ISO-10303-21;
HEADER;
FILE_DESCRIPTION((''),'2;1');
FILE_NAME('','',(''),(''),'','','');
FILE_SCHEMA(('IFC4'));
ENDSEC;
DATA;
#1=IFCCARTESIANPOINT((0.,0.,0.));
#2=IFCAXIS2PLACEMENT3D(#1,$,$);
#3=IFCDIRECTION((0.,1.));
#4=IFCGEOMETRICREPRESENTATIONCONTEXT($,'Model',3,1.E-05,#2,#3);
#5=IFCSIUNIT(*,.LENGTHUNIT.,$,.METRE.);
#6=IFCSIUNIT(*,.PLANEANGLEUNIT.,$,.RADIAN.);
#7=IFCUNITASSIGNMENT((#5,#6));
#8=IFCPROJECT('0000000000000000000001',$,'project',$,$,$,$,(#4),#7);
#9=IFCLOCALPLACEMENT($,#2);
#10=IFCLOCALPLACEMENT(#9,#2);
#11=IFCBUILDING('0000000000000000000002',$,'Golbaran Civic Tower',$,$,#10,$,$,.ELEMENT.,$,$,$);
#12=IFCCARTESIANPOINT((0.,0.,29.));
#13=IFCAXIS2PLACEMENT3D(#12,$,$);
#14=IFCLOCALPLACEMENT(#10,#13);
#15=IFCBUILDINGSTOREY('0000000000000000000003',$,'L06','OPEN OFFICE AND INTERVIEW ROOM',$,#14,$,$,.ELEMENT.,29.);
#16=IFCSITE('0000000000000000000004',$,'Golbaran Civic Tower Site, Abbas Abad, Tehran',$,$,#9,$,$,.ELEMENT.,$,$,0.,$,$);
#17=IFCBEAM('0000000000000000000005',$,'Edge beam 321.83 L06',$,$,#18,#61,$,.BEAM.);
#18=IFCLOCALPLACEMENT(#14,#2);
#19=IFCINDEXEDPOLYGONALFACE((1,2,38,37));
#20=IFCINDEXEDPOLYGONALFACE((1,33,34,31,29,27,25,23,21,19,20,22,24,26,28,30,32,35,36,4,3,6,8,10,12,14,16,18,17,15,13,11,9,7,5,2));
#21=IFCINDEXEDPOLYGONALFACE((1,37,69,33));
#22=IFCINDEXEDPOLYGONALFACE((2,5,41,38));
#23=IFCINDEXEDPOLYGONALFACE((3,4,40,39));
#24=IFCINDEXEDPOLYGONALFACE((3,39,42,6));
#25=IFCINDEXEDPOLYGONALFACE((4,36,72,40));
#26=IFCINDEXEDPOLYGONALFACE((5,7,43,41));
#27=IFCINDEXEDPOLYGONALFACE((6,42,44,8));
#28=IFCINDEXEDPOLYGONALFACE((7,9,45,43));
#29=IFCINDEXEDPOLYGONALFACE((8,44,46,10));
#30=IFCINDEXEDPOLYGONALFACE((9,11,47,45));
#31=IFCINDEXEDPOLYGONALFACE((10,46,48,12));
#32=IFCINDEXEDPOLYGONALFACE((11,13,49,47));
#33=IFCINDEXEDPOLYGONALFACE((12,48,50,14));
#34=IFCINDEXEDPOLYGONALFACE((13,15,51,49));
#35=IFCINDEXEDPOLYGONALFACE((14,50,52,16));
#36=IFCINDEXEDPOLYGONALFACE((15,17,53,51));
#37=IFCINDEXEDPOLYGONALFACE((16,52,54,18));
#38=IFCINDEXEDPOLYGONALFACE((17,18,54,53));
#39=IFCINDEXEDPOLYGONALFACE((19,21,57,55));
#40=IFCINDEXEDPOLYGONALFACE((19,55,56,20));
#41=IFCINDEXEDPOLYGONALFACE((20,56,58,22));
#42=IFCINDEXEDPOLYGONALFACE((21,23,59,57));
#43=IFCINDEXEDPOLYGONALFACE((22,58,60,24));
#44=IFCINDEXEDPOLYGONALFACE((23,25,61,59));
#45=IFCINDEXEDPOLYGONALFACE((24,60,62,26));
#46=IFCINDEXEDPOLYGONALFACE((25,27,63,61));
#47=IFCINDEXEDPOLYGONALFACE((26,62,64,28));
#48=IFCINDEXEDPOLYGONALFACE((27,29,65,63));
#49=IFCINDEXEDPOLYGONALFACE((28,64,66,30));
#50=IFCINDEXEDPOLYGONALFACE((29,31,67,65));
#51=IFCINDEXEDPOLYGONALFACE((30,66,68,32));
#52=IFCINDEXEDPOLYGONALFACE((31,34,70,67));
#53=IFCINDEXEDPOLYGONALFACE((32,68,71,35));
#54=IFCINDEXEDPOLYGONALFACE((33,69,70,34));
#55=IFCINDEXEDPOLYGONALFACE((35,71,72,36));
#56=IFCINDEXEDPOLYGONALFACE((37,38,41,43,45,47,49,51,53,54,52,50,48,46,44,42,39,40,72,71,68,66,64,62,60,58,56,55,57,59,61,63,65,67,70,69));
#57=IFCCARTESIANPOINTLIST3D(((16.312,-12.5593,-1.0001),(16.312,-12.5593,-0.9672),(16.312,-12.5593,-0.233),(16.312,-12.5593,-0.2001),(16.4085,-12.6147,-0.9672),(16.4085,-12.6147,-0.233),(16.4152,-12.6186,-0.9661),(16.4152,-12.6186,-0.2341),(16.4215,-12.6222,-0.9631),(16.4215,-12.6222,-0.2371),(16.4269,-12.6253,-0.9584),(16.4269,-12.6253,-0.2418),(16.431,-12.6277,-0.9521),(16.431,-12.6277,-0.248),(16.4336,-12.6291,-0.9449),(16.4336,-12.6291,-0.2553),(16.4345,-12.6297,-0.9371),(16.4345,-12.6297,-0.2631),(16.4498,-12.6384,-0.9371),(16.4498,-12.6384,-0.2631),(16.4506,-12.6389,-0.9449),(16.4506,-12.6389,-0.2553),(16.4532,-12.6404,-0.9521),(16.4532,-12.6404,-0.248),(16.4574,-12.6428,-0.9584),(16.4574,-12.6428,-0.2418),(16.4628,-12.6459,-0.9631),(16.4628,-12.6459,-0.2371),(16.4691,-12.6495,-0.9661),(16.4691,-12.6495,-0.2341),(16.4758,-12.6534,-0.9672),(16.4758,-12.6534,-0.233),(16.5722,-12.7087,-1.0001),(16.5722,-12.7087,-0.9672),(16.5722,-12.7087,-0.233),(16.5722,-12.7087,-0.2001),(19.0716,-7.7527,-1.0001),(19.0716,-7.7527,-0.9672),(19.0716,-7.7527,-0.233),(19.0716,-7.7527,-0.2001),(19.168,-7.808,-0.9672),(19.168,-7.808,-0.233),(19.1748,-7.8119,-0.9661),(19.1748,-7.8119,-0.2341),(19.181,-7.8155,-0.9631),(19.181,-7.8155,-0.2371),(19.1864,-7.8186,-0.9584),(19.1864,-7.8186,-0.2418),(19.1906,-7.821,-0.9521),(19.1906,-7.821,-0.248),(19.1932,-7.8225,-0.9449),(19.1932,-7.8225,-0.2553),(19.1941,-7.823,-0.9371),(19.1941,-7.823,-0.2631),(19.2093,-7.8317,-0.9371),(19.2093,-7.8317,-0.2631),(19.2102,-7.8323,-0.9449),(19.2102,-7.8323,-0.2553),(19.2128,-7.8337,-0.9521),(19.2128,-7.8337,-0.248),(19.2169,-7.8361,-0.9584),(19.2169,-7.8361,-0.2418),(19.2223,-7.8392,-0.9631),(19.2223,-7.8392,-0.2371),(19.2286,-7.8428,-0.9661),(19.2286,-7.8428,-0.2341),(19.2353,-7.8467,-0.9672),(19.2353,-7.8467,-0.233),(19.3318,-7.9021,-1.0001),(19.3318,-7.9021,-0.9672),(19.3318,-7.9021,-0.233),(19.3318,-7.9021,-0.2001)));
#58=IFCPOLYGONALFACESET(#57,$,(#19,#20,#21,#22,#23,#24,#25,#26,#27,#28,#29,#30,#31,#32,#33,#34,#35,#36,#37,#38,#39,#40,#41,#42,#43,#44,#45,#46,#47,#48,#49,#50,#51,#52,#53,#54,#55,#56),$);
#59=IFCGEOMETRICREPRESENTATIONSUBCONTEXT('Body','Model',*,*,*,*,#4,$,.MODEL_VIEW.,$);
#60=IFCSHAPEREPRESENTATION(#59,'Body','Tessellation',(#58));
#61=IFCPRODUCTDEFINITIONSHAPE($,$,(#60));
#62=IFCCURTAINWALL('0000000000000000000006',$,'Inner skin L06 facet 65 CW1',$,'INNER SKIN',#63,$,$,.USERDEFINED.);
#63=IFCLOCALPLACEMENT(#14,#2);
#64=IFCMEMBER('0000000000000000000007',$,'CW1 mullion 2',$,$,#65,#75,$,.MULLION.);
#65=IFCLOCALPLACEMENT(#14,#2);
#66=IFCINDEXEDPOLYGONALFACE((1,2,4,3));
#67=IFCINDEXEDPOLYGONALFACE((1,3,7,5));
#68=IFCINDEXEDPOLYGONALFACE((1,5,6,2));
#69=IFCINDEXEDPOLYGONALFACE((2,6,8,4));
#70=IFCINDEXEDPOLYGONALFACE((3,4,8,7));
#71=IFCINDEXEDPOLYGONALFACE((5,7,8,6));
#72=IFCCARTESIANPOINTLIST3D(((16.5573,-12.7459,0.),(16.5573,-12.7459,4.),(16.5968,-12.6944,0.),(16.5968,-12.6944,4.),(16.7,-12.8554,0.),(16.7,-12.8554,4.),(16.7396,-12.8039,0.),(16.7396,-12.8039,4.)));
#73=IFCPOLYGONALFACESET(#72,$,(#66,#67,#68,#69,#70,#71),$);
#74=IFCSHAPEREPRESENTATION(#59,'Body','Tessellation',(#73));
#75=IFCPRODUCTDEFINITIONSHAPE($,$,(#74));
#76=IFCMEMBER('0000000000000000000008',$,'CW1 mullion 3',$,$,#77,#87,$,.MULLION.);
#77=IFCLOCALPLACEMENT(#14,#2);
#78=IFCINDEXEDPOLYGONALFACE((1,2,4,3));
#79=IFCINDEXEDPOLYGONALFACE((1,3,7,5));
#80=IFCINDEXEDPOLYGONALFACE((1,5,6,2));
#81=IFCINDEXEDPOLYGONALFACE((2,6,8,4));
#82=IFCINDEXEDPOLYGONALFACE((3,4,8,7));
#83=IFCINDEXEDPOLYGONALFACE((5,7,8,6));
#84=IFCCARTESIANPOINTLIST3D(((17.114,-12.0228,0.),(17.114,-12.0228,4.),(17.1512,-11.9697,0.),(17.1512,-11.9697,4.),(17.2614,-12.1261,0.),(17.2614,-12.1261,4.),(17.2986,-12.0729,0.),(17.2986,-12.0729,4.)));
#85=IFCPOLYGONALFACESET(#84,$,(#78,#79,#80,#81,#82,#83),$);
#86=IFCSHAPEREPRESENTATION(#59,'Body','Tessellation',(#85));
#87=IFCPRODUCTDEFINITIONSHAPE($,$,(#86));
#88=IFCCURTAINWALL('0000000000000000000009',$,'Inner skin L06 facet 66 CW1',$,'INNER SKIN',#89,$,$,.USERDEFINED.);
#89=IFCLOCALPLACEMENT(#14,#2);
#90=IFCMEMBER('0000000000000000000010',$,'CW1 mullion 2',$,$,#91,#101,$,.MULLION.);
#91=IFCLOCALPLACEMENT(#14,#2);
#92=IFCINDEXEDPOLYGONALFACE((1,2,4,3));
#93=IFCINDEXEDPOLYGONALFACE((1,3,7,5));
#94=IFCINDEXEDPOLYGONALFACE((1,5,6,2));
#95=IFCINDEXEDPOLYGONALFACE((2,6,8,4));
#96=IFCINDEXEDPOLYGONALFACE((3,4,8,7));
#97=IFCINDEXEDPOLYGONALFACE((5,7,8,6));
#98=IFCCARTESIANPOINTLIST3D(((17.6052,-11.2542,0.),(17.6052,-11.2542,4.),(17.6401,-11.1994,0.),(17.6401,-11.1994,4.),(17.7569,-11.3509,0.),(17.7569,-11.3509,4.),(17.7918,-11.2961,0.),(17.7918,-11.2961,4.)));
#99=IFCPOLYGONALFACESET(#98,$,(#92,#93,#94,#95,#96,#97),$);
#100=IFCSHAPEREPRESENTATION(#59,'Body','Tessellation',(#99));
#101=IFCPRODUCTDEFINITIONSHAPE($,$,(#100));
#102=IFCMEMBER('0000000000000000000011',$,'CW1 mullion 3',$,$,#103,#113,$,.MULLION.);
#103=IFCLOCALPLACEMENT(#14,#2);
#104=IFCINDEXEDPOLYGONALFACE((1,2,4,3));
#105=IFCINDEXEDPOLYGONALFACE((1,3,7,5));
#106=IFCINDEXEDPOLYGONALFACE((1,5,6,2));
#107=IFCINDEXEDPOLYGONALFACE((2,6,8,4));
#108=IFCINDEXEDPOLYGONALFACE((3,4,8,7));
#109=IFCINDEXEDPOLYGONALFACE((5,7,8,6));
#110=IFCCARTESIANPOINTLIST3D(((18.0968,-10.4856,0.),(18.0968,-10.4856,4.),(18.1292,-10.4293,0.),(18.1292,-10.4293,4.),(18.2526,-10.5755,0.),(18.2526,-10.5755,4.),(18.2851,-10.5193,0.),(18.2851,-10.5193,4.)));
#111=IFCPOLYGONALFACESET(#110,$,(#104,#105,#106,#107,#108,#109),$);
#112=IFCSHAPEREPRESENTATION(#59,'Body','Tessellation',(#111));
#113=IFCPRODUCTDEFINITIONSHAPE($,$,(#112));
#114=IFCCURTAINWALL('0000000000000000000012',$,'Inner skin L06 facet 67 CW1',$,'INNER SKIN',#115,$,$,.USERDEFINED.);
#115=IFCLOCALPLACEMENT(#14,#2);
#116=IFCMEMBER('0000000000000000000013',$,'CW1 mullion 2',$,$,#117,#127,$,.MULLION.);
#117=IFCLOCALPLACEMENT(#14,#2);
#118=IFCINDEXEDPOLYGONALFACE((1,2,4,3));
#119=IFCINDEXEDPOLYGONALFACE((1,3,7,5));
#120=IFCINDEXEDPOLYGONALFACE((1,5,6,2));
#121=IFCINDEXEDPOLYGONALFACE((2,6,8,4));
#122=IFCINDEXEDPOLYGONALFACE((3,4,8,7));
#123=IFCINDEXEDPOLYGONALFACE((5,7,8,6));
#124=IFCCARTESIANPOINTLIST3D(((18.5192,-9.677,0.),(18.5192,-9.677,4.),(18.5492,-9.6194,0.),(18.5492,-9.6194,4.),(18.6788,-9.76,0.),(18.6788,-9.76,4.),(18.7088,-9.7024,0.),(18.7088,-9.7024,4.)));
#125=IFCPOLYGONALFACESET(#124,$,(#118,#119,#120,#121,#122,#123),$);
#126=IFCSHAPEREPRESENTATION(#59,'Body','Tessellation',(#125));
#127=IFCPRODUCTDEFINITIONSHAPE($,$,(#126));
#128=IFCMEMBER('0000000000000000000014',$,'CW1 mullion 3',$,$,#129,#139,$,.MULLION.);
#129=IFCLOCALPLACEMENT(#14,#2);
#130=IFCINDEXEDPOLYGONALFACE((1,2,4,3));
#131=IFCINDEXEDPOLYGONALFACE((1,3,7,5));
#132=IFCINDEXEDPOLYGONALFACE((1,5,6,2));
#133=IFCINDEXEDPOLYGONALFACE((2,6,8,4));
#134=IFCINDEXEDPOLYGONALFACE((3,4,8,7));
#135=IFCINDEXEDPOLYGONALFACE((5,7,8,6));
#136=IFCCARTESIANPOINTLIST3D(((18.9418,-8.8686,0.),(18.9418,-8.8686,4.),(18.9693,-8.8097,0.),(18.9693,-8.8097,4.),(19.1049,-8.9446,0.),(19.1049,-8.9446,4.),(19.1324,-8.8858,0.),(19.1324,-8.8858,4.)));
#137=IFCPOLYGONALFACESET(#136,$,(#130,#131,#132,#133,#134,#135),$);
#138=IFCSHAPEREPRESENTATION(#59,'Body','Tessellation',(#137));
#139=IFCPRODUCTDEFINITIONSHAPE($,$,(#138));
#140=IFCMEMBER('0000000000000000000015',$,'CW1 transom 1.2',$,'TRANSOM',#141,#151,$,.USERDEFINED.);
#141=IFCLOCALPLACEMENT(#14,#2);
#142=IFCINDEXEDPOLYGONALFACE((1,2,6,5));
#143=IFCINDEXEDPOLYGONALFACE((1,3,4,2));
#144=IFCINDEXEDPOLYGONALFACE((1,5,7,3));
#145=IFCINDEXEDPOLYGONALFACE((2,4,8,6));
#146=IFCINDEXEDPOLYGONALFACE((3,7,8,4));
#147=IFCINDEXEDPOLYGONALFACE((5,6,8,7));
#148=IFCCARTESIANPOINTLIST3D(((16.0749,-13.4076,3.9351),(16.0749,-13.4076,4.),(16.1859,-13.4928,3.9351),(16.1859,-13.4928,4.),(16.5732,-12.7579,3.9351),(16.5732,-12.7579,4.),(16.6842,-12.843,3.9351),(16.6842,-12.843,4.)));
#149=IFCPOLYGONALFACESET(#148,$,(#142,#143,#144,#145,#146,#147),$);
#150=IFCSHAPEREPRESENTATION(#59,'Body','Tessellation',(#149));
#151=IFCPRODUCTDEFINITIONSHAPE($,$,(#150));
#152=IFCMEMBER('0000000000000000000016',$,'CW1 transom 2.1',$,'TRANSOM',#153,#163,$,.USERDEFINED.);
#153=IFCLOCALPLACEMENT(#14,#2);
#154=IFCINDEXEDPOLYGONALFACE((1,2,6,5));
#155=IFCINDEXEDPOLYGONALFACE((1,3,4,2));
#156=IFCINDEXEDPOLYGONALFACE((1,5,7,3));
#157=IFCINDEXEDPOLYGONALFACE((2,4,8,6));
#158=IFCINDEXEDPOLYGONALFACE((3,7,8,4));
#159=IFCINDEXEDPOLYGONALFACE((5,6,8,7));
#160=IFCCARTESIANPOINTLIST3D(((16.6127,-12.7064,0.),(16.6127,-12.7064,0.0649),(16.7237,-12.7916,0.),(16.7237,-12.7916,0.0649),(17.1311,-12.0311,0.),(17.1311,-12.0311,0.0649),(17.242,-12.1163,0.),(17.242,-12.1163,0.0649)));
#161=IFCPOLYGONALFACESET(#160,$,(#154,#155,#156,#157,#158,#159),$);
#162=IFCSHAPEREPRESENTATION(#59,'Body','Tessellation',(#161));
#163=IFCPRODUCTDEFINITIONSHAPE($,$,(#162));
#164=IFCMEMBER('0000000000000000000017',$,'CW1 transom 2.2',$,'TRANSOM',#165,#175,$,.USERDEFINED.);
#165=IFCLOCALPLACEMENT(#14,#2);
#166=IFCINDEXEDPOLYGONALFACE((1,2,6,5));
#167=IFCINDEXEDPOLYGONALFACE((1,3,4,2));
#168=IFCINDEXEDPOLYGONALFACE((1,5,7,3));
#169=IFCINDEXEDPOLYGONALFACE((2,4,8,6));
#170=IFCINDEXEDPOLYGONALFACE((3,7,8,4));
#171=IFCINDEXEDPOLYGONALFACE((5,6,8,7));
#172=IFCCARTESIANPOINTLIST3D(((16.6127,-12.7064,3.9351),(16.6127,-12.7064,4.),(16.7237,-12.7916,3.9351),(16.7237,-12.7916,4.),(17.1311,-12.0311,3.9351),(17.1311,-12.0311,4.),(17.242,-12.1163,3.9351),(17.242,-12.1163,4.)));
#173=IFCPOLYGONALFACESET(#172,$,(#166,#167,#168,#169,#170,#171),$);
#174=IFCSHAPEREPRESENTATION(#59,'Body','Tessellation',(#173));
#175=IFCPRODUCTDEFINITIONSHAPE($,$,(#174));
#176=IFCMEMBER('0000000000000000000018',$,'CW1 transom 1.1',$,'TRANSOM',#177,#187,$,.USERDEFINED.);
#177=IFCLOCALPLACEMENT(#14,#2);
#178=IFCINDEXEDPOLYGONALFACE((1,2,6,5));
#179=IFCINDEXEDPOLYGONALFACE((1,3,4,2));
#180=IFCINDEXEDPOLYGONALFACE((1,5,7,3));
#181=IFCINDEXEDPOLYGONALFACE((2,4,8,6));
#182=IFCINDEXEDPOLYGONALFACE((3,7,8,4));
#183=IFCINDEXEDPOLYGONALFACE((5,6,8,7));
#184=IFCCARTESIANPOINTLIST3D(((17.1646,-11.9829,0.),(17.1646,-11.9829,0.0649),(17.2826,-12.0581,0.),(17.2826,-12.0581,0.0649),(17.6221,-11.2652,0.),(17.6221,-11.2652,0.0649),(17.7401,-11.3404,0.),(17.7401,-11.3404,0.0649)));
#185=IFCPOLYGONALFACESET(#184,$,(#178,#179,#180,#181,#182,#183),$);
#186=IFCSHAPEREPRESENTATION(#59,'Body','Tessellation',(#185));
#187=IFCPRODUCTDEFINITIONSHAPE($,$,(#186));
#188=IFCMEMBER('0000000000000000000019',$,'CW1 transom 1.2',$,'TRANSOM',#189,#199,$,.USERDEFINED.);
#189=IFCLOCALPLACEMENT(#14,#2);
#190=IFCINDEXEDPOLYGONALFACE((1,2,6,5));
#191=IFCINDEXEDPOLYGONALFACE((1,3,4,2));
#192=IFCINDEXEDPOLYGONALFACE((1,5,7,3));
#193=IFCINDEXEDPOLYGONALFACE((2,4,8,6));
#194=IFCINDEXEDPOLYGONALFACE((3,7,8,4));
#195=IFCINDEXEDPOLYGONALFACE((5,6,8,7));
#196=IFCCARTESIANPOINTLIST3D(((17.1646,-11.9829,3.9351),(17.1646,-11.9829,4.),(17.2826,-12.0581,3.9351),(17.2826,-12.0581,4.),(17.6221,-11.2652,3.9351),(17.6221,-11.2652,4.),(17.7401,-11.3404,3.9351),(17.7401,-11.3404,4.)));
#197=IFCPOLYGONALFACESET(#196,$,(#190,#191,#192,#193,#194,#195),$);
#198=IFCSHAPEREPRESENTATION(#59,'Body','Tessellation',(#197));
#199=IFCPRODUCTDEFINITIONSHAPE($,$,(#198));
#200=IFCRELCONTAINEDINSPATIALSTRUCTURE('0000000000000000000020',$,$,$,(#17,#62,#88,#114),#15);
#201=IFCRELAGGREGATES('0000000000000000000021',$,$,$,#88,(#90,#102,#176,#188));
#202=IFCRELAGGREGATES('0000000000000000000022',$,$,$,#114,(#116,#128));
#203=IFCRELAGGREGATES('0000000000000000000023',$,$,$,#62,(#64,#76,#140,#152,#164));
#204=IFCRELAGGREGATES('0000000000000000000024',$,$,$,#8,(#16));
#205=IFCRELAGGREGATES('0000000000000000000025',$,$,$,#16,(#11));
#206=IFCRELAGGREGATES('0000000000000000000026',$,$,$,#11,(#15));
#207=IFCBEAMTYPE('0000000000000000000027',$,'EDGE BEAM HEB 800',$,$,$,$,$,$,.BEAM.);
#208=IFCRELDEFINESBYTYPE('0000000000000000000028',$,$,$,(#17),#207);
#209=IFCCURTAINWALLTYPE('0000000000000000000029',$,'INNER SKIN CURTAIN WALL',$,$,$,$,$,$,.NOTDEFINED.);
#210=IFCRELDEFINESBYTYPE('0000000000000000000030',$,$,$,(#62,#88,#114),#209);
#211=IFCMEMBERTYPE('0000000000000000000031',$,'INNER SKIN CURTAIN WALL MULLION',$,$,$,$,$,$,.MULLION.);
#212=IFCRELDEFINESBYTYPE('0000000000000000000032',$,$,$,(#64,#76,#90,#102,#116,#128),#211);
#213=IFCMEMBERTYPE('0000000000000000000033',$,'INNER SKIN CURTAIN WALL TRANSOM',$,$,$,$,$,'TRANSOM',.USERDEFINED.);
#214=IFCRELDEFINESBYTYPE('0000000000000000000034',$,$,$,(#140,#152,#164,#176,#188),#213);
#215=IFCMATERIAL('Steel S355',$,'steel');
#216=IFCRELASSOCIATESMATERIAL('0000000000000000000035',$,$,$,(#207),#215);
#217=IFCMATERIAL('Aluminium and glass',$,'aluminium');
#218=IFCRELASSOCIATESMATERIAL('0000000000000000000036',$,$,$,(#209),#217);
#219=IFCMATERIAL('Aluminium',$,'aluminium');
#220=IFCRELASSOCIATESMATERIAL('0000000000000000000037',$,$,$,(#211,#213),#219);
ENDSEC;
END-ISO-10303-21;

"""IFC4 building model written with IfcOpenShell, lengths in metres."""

from ifc_helpers import new_model, si_unit, direction, frame, origin, origin_2d, place, context, subcontext, project, spatial, rectangle, i_section, extrude, material, material_profile, profile_set, type_object, element, aggregate, save


model = new_model("IFC4")

# Units and contexts
model_context = context("Model", 3, precision=1e-05, world=origin(), true_north=direction((0.0, 1.0)))
body_context = subcontext(model_context, "Body", "Model", "MODEL_VIEW")
ifc_project = project(units=[si_unit("LENGTHUNIT", "METRE"), si_unit("PLANEANGLEUNIT", "RADIAN")], contexts=[model_context])

# Site, building, storey
site_placement = place(None, origin())
site = spatial("IfcSite", under=ifc_project, at=site_placement, Name="Golbaran Civic Tower Site, Abbas Abad, Tehran", CompositionType="ELEMENT", RefElevation=0.0)
building_placement = place(site_placement, origin())
building = spatial("IfcBuilding", under=site, at=building_placement, Name="Golbaran Civic Tower", CompositionType="ELEMENT")
storey_placement = place(building_placement, frame((0.0, 0.0, 29.0)))
storey = spatial("IfcBuildingStorey", under=building, at=storey_placement, Name="L06", Description="OPEN OFFICE AND INTERVIEW ROOM", CompositionType="ELEMENT", Elevation=29.0)

# Beam
ifc_material_1 = material(Name="Steel S355", Category="steel")
ifc_material_profile_1 = material_profile(ifc_material_1, i_section(OverallWidth=0.3, OverallDepth=0.8, WebThickness=0.0176, FlangeThickness=0.033, FilletRadius=0.03, at=origin_2d()), Name="HEB 800")
ifc_profile_set_1 = profile_set([ifc_material_profile_1], Name="Steel S355")
beam_type = type_object("IfcBeamType", Name="EDGE BEAM HEB 800", PredefinedType="BEAM", material=ifc_profile_set_1)
beam_placement = place(storey_placement, frame((16.4421, -12.634, -0.6001), z_axis=(0.497888, 0.867241, 0.0), x_axis=(-0.867241, 0.497888, 0.0)))
element("IfcBeam", 1, at=beam_placement, inside=storey, type_object=beam_type, Name="Edge beam 321.83 L06", PredefinedType="BEAM", context=body_context, shape_type="SweptSolid", body=[
    extrude(i_section(OverallWidth=0.3, OverallDepth=0.8, WebThickness=0.0176, FlangeThickness=0.033, FilletRadius=0.03, at=origin_2d()), origin(), (0.0, 0.0, 1.0), 5.5425),
])

# Curtain walls, members
ifc_material_2 = material(Name="Aluminium and glass", Category="aluminium")
curtain_wall_type = type_object("IfcCurtainWallType", Name="INNER SKIN CURTAIN WALL", PredefinedType="NOTDEFINED", material=ifc_material_2)
curtain_wall_1_placement = place(storey_placement, origin())
curtain_wall_1 = element("IfcCurtainWall", 2, at=curtain_wall_1_placement, inside=storey, type_object=curtain_wall_type, Name="Inner skin L06 facet 65 CW1", ObjectType="INNER SKIN", PredefinedType="USERDEFINED")
ifc_material_3 = material(Name="Aluminium", Category="aluminium")
ifc_material_profile_2 = material_profile(ifc_material_3, rectangle(XDim=0.1799, YDim=0.0649, at=origin_2d()), Name="INNER SKIN CURTAIN WALL MULLION")
ifc_profile_set_2 = profile_set([ifc_material_profile_2], Name="Aluminium")
member_type_1 = type_object("IfcMemberType", Name="INNER SKIN CURTAIN WALL MULLION", PredefinedType="MULLION", material=ifc_profile_set_2)
member_1_placement = place(storey_placement, frame((16.6484, -12.7749, 0.0), z_axis=(0.0, 0.0, 1.0), x_axis=(-0.793353, 0.608761, 0.0)))
member_1 = element("IfcMember", 3, at=member_1_placement, type_object=member_type_1, Name="CW1 mullion 2", PredefinedType="MULLION", context=body_context, shape_type="SweptSolid", body=[
    extrude(rectangle(XDim=0.1799, YDim=0.0649, at=origin_2d()), origin(), (0.0, 0.0, 1.0), 4.0),
])
member_2_placement = place(storey_placement, frame((17.2063, -12.0479, 0.0), z_axis=(0.0, 0.0, 1.0), x_axis=(-0.819152, 0.573576, 0.0)))
member_2 = element("IfcMember", 4, at=member_2_placement, type_object=member_type_1, Name="CW1 mullion 3", PredefinedType="MULLION", context=body_context, shape_type="SweptSolid", body=[
    extrude(rectangle(XDim=0.1799, YDim=0.0649, at=origin_2d()), origin(), (0.0, 0.0, 1.0), 4.0),
])
curtain_wall_2_placement = place(storey_placement, origin())
curtain_wall_2 = element("IfcCurtainWall", 5, at=curtain_wall_2_placement, inside=storey, type_object=curtain_wall_type, Name="Inner skin L06 facet 66 CW1", ObjectType="INNER SKIN", PredefinedType="USERDEFINED")
member_3_placement = place(storey_placement, frame((17.6985, -11.2751, 0.0), z_axis=(0.0, 0.0, 1.0), x_axis=(-0.843391, 0.5373, 0.0)))
member_3 = element("IfcMember", 6, at=member_3_placement, type_object=member_type_1, Name="CW1 mullion 2", PredefinedType="MULLION", context=body_context, shape_type="SweptSolid", body=[
    extrude(rectangle(XDim=0.1799, YDim=0.0649, at=origin_2d()), origin(), (0.0, 0.0, 1.0), 4.0),
])
member_4_placement = place(storey_placement, frame((18.1909, -10.5024, 0.0), z_axis=(0.0, 0.0, 1.0), x_axis=(-0.866025, 0.5, 0.0)))
member_4 = element("IfcMember", 7, at=member_4_placement, type_object=member_type_1, Name="CW1 mullion 3", PredefinedType="MULLION", context=body_context, shape_type="SweptSolid", body=[
    extrude(rectangle(XDim=0.1799, YDim=0.0649, at=origin_2d()), origin(), (0.0, 0.0, 1.0), 4.0),
])
curtain_wall_3_placement = place(storey_placement, origin())
curtain_wall_3 = element("IfcCurtainWall", 8, at=curtain_wall_3_placement, inside=storey, type_object=curtain_wall_type, Name="Inner skin L06 facet 67 CW1", ObjectType="INNER SKIN", PredefinedType="USERDEFINED")
member_5_placement = place(storey_placement, frame((18.614, -9.6897, 0.0), z_axis=(0.0, 0.0, 1.0), x_axis=(-0.887011, 0.461749, 0.0)))
member_5 = element("IfcMember", 9, at=member_5_placement, type_object=member_type_1, Name="CW1 mullion 2", PredefinedType="MULLION", context=body_context, shape_type="SweptSolid", body=[
    extrude(rectangle(XDim=0.1799, YDim=0.0649, at=origin_2d()), origin(), (0.0, 0.0, 1.0), 4.0),
])
member_6_placement = place(storey_placement, frame((19.0371, -8.8772, 0.0), z_axis=(0.0, 0.0, 1.0), x_axis=(-0.906308, 0.422618, 0.0)))
member_6 = element("IfcMember", 10, at=member_6_placement, type_object=member_type_1, Name="CW1 mullion 3", PredefinedType="MULLION", context=body_context, shape_type="SweptSolid", body=[
    extrude(rectangle(XDim=0.1799, YDim=0.0649, at=origin_2d()), origin(), (0.0, 0.0, 1.0), 4.0),
])

# Members
ifc_material_profile_3 = material_profile(ifc_material_3, rectangle(XDim=0.1399, YDim=0.0649, at=origin_2d()), Name="INNER SKIN CURTAIN WALL TRANSOM")
ifc_profile_set_3 = profile_set([ifc_material_profile_3], Name="Aluminium")
member_type_2 = type_object("IfcMemberType", Name="INNER SKIN CURTAIN WALL TRANSOM", ElementType="TRANSOM", PredefinedType="USERDEFINED", material=ifc_profile_set_3)
member_7_placement = place(storey_placement, frame((16.1304, -13.4502, 3.9675), z_axis=(0.608601, 0.793477, 0.0), x_axis=(-0.793477, 0.608601, 0.0)))
member_7 = element("IfcMember", 11, at=member_7_placement, type_object=member_type_2, Name="CW1 transom 1.2", ObjectType="TRANSOM", PredefinedType="USERDEFINED", context=body_context, shape_type="SweptSolid", body=[
    extrude(rectangle(XDim=0.1399, YDim=0.0649, at=origin_2d()), origin(), (0.0, 0.0, 1.0), 0.8188),
])
member_8_placement = place(storey_placement, frame((16.6682, -12.749, 0.0325), z_axis=(0.608865, 0.793274, 0.0), x_axis=(-0.793274, 0.608865, 0.0)))
member_8 = element("IfcMember", 12, at=member_8_placement, type_object=member_type_2, Name="CW1 transom 2.1", ObjectType="TRANSOM", PredefinedType="USERDEFINED", context=body_context, shape_type="SweptSolid", body=[
    extrude(rectangle(XDim=0.1399, YDim=0.0649, at=origin_2d()), origin(), (0.0, 0.0, 1.0), 0.8513),
])
member_9_placement = place(storey_placement, frame((16.6682, -12.749, 3.9675), z_axis=(0.608865, 0.793274, 0.0), x_axis=(-0.793274, 0.608865, 0.0)))
member_9 = element("IfcMember", 13, at=member_9_placement, type_object=member_type_2, Name="CW1 transom 2.2", ObjectType="TRANSOM", PredefinedType="USERDEFINED", context=body_context, shape_type="SweptSolid", body=[
    extrude(rectangle(XDim=0.1399, YDim=0.0649, at=origin_2d()), origin(), (0.0, 0.0, 1.0), 0.8513),
])
member_10_placement = place(storey_placement, frame((17.2236, -12.0205, 0.0325), z_axis=(0.537506, 0.84326, 0.0), x_axis=(-0.84326, 0.537506, 0.0)))
member_10 = element("IfcMember", 14, at=member_10_placement, type_object=member_type_2, Name="CW1 transom 1.1", ObjectType="TRANSOM", PredefinedType="USERDEFINED", context=body_context, shape_type="SweptSolid", body=[
    extrude(rectangle(XDim=0.1399, YDim=0.0649, at=origin_2d()), origin(), (0.0, 0.0, 1.0), 0.8511),
])
member_11_placement = place(storey_placement, frame((17.2236, -12.0205, 3.9675), z_axis=(0.537506, 0.84326, 0.0), x_axis=(-0.84326, 0.537506, 0.0)))
member_11 = element("IfcMember", 15, at=member_11_placement, type_object=member_type_2, Name="CW1 transom 1.2", ObjectType="TRANSOM", PredefinedType="USERDEFINED", context=body_context, shape_type="SweptSolid", body=[
    extrude(rectangle(XDim=0.1399, YDim=0.0649, at=origin_2d()), origin(), (0.0, 0.0, 1.0), 0.8511),
])

aggregate(curtain_wall_2, [member_3, member_4, member_10, member_11])
aggregate(curtain_wall_3, [member_5, member_6])
aggregate(curtain_wall_1, [member_1, member_2, member_7, member_8, member_9])

save(model, "model.ifc")
